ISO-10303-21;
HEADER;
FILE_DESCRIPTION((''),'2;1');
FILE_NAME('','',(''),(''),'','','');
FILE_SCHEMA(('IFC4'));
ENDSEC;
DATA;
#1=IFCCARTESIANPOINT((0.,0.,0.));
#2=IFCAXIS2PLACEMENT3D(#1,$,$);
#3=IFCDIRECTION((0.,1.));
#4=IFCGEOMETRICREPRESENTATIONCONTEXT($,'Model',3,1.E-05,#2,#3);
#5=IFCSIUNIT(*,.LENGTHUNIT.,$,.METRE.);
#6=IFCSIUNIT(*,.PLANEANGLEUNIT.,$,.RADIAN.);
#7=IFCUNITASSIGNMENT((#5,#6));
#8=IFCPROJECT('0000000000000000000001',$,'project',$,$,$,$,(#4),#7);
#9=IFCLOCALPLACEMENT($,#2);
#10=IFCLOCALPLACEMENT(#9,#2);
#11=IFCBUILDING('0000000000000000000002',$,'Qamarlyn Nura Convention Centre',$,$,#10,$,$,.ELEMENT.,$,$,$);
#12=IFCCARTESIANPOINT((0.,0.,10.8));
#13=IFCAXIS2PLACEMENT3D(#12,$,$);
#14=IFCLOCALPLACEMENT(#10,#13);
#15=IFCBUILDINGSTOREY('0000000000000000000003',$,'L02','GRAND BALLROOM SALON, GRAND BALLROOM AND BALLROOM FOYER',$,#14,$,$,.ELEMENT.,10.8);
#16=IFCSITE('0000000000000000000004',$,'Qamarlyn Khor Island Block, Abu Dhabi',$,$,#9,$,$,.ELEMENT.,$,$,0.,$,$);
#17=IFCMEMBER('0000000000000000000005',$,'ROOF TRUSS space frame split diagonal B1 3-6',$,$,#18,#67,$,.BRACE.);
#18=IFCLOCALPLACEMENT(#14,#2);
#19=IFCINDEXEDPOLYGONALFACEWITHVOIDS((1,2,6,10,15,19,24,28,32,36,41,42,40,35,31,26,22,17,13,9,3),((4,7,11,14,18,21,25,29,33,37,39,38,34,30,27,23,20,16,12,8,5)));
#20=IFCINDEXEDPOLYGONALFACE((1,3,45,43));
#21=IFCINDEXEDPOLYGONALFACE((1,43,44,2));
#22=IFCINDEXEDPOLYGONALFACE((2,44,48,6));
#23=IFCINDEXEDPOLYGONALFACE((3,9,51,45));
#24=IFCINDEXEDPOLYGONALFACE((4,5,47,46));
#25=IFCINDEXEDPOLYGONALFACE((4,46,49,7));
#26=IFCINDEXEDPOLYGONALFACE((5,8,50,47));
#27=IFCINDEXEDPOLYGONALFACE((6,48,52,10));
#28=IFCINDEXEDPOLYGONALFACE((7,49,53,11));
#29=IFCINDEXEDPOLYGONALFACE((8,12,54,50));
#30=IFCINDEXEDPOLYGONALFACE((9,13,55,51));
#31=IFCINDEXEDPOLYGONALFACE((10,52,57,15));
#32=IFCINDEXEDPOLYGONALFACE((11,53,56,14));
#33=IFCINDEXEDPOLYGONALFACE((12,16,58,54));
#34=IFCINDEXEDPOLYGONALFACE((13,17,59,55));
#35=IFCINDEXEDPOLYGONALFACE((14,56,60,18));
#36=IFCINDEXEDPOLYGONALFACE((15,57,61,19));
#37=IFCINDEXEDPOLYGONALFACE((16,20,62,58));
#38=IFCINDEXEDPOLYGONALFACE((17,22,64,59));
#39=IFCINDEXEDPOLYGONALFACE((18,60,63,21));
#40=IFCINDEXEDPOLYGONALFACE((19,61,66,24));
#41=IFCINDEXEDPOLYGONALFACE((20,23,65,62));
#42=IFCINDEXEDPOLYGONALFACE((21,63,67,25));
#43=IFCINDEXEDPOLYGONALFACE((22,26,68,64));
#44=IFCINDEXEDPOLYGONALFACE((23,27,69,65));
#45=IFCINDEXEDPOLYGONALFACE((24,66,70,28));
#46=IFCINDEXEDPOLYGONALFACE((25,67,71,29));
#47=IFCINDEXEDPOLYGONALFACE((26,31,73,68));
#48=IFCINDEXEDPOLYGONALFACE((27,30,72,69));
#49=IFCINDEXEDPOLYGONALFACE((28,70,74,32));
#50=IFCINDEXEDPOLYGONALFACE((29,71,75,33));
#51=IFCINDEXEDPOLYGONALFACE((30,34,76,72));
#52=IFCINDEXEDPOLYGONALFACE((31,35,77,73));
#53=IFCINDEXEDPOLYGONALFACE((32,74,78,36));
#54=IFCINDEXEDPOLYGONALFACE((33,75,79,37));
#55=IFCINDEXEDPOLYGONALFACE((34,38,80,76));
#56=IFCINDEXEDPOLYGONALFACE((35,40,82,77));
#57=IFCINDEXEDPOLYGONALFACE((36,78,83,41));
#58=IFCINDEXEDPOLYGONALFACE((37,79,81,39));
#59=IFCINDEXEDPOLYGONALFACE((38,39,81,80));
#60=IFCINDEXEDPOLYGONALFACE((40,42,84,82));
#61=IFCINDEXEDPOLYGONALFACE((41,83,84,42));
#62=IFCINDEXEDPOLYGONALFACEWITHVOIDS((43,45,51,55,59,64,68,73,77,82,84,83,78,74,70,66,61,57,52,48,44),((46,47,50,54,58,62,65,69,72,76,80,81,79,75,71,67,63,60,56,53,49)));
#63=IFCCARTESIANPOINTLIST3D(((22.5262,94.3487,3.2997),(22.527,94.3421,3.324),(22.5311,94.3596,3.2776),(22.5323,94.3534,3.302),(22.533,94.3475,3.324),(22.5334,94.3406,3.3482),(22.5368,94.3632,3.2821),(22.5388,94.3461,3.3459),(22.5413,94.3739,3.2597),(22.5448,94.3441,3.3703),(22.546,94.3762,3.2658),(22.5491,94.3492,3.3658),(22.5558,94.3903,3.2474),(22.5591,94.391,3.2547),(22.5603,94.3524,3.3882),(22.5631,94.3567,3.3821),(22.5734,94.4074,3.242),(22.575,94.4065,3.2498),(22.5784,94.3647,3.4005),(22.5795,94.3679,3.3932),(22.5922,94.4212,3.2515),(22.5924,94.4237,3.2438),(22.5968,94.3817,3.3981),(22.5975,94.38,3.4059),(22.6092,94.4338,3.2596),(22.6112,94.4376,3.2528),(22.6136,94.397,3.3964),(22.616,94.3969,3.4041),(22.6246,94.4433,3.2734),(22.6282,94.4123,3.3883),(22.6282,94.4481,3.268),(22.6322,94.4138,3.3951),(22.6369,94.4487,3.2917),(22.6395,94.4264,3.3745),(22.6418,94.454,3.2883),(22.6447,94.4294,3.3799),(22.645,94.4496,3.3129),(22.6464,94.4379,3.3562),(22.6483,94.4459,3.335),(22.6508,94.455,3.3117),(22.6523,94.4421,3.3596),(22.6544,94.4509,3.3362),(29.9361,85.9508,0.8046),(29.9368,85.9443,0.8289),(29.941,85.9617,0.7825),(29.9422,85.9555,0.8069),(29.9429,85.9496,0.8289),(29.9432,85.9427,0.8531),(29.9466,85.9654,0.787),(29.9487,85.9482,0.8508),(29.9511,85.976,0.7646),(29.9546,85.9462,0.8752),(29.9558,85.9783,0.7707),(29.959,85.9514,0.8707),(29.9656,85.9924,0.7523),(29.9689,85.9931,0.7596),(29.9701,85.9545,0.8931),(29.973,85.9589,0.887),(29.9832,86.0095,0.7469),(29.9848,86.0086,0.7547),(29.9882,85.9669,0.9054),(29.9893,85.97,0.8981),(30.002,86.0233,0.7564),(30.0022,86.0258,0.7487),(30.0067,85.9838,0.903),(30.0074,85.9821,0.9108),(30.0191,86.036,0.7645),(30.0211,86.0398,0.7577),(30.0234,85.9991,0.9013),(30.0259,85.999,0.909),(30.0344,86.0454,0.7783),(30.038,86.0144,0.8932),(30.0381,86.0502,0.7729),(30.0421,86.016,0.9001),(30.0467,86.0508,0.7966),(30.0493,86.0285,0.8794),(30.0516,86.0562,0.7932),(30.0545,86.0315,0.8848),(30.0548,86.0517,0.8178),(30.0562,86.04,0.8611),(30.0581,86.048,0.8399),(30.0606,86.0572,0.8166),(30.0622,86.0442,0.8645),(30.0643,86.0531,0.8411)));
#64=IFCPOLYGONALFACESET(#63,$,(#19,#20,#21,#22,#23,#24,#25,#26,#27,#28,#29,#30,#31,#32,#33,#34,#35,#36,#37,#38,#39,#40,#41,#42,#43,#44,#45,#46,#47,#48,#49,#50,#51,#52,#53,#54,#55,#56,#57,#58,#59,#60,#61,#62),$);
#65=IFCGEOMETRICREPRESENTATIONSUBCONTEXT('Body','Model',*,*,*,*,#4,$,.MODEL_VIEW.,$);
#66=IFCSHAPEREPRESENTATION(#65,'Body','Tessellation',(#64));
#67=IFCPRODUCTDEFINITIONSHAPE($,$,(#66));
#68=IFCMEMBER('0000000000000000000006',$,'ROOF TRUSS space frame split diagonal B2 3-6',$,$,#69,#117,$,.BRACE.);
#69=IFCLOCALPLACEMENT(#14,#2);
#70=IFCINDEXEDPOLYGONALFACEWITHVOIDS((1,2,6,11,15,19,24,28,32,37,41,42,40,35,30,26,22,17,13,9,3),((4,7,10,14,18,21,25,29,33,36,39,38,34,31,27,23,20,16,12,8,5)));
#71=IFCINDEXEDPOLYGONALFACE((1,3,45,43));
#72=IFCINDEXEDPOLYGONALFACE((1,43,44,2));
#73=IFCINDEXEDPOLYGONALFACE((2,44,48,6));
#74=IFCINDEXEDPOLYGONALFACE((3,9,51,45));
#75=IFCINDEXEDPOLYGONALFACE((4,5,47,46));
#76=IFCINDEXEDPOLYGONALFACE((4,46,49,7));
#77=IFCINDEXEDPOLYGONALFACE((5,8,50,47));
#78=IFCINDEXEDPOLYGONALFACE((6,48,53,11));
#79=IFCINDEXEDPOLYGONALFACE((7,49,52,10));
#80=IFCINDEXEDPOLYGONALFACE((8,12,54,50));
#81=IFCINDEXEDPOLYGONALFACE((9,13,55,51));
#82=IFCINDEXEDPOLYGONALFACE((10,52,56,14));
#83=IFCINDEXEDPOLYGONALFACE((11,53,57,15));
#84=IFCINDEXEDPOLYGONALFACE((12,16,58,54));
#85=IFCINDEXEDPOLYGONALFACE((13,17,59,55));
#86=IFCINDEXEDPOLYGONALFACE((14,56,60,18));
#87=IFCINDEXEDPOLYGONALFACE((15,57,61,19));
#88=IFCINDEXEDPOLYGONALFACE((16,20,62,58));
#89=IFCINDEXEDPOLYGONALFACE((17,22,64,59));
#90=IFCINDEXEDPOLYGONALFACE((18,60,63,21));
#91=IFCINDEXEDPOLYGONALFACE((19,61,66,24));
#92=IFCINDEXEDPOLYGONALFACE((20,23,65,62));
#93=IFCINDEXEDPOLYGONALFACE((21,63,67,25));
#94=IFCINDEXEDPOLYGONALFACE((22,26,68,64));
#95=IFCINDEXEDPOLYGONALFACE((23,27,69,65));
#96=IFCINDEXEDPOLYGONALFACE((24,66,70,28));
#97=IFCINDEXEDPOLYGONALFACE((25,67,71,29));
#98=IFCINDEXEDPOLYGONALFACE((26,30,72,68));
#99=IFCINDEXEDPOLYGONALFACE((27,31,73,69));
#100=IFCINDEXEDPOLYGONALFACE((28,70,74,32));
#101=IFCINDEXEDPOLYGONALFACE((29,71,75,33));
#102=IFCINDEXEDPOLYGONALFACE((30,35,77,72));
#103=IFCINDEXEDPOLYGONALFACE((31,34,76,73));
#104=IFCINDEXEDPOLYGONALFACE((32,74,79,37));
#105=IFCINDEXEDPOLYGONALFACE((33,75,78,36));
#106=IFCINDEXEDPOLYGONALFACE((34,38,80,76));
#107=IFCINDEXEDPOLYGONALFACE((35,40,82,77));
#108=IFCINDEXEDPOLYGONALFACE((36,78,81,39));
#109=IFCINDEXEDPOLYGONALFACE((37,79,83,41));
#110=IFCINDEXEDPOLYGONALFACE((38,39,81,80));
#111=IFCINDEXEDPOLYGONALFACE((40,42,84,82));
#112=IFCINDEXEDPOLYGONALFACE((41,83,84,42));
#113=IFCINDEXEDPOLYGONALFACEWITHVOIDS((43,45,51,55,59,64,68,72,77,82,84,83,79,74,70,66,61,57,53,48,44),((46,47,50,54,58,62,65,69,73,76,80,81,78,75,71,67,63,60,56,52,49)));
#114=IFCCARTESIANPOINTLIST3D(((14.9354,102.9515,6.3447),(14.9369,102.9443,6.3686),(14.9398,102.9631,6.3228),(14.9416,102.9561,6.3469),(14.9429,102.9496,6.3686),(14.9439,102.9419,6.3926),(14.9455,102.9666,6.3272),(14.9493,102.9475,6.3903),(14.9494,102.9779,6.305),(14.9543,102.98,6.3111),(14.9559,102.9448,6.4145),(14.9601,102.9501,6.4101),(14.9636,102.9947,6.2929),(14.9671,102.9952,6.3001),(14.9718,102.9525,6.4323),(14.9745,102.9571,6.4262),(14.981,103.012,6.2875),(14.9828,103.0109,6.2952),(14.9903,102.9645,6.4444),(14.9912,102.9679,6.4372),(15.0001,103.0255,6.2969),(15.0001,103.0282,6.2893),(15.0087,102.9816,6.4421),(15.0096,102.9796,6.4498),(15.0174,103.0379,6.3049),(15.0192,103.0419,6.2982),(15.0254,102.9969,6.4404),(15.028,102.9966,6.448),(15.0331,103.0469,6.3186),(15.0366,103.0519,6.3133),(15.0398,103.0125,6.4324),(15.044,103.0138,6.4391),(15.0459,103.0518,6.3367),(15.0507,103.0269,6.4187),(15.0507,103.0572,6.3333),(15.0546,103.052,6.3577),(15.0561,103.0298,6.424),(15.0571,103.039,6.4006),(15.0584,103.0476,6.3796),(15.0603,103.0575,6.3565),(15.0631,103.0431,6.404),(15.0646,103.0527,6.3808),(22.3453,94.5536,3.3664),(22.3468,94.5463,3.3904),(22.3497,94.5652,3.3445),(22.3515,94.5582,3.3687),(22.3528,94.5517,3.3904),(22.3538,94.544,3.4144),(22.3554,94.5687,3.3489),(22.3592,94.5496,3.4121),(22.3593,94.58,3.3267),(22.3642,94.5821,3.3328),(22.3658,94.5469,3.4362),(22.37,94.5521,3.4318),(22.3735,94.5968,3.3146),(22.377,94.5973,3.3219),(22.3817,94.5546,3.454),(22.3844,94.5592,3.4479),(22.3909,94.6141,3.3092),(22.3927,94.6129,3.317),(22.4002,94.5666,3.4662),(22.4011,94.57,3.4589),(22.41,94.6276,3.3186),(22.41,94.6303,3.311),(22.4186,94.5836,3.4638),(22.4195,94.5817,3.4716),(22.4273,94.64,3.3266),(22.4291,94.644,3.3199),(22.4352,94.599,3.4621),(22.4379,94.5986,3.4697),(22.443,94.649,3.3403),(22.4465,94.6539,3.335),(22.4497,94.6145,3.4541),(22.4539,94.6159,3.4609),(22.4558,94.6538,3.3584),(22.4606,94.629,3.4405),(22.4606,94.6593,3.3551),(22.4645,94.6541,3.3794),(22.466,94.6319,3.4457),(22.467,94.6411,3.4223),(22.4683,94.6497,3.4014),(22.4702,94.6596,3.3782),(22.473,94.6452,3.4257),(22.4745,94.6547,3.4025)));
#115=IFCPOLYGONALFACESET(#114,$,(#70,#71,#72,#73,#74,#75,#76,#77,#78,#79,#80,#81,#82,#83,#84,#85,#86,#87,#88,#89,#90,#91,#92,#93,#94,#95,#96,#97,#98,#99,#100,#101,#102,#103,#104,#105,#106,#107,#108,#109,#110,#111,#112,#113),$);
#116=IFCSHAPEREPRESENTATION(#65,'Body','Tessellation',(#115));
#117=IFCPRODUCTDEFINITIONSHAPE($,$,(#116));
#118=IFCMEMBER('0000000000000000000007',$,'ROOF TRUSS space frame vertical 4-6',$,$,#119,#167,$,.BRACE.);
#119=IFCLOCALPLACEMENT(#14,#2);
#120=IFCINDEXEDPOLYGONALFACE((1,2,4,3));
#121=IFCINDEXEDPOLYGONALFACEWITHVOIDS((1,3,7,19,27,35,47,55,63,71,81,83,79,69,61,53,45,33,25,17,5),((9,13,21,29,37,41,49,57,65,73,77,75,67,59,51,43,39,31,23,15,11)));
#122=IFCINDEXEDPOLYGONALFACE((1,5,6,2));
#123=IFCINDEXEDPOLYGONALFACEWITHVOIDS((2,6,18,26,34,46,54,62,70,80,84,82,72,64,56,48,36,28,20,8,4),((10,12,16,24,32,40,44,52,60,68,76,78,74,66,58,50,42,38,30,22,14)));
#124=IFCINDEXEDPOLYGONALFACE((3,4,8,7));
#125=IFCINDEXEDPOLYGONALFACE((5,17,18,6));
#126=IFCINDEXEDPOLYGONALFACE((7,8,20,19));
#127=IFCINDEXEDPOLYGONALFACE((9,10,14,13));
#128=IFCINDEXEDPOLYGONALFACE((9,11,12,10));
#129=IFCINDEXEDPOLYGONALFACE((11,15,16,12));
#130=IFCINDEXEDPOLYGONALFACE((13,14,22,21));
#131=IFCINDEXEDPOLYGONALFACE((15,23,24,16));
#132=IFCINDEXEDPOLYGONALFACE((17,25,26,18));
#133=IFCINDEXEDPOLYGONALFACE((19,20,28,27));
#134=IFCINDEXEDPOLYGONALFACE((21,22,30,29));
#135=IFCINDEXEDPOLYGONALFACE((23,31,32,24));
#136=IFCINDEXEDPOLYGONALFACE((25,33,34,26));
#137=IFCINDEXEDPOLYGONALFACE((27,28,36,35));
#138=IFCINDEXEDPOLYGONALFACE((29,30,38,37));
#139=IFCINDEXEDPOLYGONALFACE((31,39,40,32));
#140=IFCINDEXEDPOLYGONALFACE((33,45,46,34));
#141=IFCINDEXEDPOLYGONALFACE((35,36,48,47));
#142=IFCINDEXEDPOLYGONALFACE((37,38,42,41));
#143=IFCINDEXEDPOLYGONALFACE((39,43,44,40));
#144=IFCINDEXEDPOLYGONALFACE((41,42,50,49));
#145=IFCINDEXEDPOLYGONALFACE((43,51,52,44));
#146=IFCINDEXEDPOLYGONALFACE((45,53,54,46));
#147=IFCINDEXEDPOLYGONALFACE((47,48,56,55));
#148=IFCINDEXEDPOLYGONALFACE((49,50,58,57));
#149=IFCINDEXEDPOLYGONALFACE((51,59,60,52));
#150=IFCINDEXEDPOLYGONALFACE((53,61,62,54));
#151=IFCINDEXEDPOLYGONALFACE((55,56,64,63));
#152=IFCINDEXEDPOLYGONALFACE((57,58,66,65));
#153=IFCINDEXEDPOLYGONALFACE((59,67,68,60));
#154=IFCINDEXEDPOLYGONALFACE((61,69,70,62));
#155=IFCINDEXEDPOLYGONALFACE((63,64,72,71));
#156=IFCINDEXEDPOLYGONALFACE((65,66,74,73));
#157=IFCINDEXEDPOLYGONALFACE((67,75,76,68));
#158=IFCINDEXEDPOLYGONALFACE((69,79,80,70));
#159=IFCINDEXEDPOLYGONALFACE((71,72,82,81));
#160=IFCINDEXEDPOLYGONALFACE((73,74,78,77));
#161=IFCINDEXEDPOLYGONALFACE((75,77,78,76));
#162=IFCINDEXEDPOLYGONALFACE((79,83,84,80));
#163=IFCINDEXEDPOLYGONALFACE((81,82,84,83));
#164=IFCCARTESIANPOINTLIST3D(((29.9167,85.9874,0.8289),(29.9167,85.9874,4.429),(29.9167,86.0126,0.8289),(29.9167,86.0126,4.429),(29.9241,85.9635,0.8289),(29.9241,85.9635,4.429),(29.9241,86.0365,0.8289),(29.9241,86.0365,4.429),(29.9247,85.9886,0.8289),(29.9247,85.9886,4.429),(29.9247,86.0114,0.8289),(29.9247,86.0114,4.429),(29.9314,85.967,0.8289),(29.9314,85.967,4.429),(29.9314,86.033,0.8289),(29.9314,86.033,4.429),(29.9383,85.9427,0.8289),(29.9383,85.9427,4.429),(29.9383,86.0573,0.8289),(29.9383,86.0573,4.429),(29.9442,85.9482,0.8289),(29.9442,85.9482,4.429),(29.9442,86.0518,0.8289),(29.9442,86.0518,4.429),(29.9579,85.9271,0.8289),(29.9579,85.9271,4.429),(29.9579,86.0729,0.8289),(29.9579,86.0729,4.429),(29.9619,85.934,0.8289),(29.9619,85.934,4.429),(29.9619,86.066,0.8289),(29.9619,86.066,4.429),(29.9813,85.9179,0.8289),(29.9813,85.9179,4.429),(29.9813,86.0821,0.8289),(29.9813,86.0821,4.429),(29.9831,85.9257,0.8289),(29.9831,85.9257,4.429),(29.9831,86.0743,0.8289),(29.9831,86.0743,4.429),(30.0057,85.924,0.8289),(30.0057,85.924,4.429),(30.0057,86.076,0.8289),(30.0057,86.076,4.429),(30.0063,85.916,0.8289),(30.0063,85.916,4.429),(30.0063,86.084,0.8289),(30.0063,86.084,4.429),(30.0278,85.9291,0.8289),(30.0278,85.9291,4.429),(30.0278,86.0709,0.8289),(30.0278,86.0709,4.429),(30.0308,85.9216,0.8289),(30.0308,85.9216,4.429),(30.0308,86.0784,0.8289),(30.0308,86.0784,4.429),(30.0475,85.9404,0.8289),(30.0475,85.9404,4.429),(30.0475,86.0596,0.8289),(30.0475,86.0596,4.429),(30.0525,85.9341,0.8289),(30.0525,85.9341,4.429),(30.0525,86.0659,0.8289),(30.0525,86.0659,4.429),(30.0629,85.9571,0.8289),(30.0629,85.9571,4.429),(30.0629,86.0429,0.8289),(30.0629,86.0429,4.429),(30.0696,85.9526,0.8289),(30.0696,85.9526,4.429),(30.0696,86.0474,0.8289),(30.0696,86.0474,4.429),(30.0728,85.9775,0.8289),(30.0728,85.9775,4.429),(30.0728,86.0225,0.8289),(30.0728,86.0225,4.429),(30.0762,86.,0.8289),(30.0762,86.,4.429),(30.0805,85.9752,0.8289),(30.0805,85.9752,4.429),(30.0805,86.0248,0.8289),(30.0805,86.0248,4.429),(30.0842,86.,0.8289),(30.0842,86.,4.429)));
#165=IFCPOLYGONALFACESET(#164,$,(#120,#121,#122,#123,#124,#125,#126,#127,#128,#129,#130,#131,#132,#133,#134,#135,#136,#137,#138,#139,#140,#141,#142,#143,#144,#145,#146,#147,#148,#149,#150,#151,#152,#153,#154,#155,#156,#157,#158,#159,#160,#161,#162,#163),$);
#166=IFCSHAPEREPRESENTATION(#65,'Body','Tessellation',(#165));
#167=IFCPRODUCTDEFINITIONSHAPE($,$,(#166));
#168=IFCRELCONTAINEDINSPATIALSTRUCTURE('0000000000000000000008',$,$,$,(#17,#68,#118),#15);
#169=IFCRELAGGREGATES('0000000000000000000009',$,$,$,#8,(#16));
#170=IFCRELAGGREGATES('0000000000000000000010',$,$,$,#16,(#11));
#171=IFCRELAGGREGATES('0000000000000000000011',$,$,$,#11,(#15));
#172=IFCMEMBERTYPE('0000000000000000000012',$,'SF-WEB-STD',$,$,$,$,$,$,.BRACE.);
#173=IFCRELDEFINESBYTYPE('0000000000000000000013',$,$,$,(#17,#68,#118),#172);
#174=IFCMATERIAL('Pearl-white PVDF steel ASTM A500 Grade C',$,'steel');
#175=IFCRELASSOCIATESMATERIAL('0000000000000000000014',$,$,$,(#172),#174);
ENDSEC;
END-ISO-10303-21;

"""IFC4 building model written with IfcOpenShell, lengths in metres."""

from ifc_helpers import new_model, si_unit, direction, frame, origin, origin_2d, place, context, subcontext, project, spatial, hollow_circle, extrude, material, material_profile, profile_set, type_object, element, save


model = new_model("IFC4")

# Units and contexts
model_context = context("Model", 3, precision=1e-05, world=origin(), true_north=direction((0.0, 1.0)))
body_context = subcontext(model_context, "Body", "Model", "MODEL_VIEW")
ifc_project = project(units=[si_unit("LENGTHUNIT", "METRE"), si_unit("PLANEANGLEUNIT", "RADIAN")], contexts=[model_context])

# Site, building, storey
site_placement = place(None, origin())
site = spatial("IfcSite", under=ifc_project, at=site_placement, Name="Qamarlyn Khor Island Block, Abu Dhabi", CompositionType="ELEMENT", RefElevation=0.0)
building_placement = place(site_placement, origin())
building = spatial("IfcBuilding", under=site, at=building_placement, Name="Qamarlyn Nura Convention Centre", CompositionType="ELEMENT")
storey_placement = place(building_placement, frame((0.0, 0.0, 10.8)))
storey = spatial("IfcBuildingStorey", under=building, at=storey_placement, Name="L02", Description="GRAND BALLROOM SALON, GRAND BALLROOM AND BALLROOM FOYER", CompositionType="ELEMENT", Elevation=10.8)

# Shared definitions
ifc_material_1 = material(Name="Pearl-white PVDF steel ASTM A500 Grade C", Category="steel")

# Members
ifc_material_profile_1 = material_profile(ifc_material_1, hollow_circle(Radius=0.0842, WallThickness=0.0081, at=origin_2d()), Name="CHS168.3X8")
ifc_profile_set_1 = profile_set([ifc_material_profile_1], Name="Pearl-white PVDF steel ASTM A500 Grade C")
member_type_1 = type_object("IfcMemberType", Name="SF-WEB-STD", PredefinedType="BRACE", material=ifc_profile_set_1)
member_1_placement = place(storey_placement, frame((30.0, 86.0, 0.8289), z_axis=(-0.645787, 0.731897, 0.217454), x_axis=(-0.74984, -0.661619, 0.0)))
element("IfcMember", 1, at=member_1_placement, inside=storey, type_object=member_type_1, Name="ROOF TRUSS space frame split diagonal B1 3-6", PredefinedType="BRACE", context=body_context, shape_type="SweptSolid", body=[
    extrude(hollow_circle(Radius=0.0842, WallThickness=0.0081, at=origin_2d()), origin(), (0.0, 0.0, 1.0), 11.4741),
])
member_2_placement = place(storey_placement, frame((22.4099, 94.6021, 3.3904), z_axis=(-0.639398, 0.724655, 0.256994), x_axis=(-0.74984, -0.661619, 0.0)))
element("IfcMember", 2, at=member_2_placement, inside=storey, type_object=member_type_1, Name="ROOF TRUSS space frame split diagonal B2 3-6", PredefinedType="BRACE", context=body_context, shape_type="SweptSolid", body=[
    extrude(hollow_circle(Radius=0.0842, WallThickness=0.0081, at=origin_2d()), origin(), (0.0, 0.0, 1.0), 11.5889),
])
member_3_placement = place(storey_placement, frame((30.0, 86.0, 0.8289), z_axis=(0.0, 0.0, 1.0), x_axis=(1.0, 0.0, 0.0)))
element("IfcMember", 3, at=member_3_placement, inside=storey, type_object=member_type_1, Name="ROOF TRUSS space frame vertical 4-6", PredefinedType="BRACE", context=body_context, shape_type="SweptSolid", body=[
    extrude(hollow_circle(Radius=0.0842, WallThickness=0.0081, at=origin_2d()), origin(), (0.0, 0.0, 1.0), 3.6001),
])

save(model, "model.ifc")
